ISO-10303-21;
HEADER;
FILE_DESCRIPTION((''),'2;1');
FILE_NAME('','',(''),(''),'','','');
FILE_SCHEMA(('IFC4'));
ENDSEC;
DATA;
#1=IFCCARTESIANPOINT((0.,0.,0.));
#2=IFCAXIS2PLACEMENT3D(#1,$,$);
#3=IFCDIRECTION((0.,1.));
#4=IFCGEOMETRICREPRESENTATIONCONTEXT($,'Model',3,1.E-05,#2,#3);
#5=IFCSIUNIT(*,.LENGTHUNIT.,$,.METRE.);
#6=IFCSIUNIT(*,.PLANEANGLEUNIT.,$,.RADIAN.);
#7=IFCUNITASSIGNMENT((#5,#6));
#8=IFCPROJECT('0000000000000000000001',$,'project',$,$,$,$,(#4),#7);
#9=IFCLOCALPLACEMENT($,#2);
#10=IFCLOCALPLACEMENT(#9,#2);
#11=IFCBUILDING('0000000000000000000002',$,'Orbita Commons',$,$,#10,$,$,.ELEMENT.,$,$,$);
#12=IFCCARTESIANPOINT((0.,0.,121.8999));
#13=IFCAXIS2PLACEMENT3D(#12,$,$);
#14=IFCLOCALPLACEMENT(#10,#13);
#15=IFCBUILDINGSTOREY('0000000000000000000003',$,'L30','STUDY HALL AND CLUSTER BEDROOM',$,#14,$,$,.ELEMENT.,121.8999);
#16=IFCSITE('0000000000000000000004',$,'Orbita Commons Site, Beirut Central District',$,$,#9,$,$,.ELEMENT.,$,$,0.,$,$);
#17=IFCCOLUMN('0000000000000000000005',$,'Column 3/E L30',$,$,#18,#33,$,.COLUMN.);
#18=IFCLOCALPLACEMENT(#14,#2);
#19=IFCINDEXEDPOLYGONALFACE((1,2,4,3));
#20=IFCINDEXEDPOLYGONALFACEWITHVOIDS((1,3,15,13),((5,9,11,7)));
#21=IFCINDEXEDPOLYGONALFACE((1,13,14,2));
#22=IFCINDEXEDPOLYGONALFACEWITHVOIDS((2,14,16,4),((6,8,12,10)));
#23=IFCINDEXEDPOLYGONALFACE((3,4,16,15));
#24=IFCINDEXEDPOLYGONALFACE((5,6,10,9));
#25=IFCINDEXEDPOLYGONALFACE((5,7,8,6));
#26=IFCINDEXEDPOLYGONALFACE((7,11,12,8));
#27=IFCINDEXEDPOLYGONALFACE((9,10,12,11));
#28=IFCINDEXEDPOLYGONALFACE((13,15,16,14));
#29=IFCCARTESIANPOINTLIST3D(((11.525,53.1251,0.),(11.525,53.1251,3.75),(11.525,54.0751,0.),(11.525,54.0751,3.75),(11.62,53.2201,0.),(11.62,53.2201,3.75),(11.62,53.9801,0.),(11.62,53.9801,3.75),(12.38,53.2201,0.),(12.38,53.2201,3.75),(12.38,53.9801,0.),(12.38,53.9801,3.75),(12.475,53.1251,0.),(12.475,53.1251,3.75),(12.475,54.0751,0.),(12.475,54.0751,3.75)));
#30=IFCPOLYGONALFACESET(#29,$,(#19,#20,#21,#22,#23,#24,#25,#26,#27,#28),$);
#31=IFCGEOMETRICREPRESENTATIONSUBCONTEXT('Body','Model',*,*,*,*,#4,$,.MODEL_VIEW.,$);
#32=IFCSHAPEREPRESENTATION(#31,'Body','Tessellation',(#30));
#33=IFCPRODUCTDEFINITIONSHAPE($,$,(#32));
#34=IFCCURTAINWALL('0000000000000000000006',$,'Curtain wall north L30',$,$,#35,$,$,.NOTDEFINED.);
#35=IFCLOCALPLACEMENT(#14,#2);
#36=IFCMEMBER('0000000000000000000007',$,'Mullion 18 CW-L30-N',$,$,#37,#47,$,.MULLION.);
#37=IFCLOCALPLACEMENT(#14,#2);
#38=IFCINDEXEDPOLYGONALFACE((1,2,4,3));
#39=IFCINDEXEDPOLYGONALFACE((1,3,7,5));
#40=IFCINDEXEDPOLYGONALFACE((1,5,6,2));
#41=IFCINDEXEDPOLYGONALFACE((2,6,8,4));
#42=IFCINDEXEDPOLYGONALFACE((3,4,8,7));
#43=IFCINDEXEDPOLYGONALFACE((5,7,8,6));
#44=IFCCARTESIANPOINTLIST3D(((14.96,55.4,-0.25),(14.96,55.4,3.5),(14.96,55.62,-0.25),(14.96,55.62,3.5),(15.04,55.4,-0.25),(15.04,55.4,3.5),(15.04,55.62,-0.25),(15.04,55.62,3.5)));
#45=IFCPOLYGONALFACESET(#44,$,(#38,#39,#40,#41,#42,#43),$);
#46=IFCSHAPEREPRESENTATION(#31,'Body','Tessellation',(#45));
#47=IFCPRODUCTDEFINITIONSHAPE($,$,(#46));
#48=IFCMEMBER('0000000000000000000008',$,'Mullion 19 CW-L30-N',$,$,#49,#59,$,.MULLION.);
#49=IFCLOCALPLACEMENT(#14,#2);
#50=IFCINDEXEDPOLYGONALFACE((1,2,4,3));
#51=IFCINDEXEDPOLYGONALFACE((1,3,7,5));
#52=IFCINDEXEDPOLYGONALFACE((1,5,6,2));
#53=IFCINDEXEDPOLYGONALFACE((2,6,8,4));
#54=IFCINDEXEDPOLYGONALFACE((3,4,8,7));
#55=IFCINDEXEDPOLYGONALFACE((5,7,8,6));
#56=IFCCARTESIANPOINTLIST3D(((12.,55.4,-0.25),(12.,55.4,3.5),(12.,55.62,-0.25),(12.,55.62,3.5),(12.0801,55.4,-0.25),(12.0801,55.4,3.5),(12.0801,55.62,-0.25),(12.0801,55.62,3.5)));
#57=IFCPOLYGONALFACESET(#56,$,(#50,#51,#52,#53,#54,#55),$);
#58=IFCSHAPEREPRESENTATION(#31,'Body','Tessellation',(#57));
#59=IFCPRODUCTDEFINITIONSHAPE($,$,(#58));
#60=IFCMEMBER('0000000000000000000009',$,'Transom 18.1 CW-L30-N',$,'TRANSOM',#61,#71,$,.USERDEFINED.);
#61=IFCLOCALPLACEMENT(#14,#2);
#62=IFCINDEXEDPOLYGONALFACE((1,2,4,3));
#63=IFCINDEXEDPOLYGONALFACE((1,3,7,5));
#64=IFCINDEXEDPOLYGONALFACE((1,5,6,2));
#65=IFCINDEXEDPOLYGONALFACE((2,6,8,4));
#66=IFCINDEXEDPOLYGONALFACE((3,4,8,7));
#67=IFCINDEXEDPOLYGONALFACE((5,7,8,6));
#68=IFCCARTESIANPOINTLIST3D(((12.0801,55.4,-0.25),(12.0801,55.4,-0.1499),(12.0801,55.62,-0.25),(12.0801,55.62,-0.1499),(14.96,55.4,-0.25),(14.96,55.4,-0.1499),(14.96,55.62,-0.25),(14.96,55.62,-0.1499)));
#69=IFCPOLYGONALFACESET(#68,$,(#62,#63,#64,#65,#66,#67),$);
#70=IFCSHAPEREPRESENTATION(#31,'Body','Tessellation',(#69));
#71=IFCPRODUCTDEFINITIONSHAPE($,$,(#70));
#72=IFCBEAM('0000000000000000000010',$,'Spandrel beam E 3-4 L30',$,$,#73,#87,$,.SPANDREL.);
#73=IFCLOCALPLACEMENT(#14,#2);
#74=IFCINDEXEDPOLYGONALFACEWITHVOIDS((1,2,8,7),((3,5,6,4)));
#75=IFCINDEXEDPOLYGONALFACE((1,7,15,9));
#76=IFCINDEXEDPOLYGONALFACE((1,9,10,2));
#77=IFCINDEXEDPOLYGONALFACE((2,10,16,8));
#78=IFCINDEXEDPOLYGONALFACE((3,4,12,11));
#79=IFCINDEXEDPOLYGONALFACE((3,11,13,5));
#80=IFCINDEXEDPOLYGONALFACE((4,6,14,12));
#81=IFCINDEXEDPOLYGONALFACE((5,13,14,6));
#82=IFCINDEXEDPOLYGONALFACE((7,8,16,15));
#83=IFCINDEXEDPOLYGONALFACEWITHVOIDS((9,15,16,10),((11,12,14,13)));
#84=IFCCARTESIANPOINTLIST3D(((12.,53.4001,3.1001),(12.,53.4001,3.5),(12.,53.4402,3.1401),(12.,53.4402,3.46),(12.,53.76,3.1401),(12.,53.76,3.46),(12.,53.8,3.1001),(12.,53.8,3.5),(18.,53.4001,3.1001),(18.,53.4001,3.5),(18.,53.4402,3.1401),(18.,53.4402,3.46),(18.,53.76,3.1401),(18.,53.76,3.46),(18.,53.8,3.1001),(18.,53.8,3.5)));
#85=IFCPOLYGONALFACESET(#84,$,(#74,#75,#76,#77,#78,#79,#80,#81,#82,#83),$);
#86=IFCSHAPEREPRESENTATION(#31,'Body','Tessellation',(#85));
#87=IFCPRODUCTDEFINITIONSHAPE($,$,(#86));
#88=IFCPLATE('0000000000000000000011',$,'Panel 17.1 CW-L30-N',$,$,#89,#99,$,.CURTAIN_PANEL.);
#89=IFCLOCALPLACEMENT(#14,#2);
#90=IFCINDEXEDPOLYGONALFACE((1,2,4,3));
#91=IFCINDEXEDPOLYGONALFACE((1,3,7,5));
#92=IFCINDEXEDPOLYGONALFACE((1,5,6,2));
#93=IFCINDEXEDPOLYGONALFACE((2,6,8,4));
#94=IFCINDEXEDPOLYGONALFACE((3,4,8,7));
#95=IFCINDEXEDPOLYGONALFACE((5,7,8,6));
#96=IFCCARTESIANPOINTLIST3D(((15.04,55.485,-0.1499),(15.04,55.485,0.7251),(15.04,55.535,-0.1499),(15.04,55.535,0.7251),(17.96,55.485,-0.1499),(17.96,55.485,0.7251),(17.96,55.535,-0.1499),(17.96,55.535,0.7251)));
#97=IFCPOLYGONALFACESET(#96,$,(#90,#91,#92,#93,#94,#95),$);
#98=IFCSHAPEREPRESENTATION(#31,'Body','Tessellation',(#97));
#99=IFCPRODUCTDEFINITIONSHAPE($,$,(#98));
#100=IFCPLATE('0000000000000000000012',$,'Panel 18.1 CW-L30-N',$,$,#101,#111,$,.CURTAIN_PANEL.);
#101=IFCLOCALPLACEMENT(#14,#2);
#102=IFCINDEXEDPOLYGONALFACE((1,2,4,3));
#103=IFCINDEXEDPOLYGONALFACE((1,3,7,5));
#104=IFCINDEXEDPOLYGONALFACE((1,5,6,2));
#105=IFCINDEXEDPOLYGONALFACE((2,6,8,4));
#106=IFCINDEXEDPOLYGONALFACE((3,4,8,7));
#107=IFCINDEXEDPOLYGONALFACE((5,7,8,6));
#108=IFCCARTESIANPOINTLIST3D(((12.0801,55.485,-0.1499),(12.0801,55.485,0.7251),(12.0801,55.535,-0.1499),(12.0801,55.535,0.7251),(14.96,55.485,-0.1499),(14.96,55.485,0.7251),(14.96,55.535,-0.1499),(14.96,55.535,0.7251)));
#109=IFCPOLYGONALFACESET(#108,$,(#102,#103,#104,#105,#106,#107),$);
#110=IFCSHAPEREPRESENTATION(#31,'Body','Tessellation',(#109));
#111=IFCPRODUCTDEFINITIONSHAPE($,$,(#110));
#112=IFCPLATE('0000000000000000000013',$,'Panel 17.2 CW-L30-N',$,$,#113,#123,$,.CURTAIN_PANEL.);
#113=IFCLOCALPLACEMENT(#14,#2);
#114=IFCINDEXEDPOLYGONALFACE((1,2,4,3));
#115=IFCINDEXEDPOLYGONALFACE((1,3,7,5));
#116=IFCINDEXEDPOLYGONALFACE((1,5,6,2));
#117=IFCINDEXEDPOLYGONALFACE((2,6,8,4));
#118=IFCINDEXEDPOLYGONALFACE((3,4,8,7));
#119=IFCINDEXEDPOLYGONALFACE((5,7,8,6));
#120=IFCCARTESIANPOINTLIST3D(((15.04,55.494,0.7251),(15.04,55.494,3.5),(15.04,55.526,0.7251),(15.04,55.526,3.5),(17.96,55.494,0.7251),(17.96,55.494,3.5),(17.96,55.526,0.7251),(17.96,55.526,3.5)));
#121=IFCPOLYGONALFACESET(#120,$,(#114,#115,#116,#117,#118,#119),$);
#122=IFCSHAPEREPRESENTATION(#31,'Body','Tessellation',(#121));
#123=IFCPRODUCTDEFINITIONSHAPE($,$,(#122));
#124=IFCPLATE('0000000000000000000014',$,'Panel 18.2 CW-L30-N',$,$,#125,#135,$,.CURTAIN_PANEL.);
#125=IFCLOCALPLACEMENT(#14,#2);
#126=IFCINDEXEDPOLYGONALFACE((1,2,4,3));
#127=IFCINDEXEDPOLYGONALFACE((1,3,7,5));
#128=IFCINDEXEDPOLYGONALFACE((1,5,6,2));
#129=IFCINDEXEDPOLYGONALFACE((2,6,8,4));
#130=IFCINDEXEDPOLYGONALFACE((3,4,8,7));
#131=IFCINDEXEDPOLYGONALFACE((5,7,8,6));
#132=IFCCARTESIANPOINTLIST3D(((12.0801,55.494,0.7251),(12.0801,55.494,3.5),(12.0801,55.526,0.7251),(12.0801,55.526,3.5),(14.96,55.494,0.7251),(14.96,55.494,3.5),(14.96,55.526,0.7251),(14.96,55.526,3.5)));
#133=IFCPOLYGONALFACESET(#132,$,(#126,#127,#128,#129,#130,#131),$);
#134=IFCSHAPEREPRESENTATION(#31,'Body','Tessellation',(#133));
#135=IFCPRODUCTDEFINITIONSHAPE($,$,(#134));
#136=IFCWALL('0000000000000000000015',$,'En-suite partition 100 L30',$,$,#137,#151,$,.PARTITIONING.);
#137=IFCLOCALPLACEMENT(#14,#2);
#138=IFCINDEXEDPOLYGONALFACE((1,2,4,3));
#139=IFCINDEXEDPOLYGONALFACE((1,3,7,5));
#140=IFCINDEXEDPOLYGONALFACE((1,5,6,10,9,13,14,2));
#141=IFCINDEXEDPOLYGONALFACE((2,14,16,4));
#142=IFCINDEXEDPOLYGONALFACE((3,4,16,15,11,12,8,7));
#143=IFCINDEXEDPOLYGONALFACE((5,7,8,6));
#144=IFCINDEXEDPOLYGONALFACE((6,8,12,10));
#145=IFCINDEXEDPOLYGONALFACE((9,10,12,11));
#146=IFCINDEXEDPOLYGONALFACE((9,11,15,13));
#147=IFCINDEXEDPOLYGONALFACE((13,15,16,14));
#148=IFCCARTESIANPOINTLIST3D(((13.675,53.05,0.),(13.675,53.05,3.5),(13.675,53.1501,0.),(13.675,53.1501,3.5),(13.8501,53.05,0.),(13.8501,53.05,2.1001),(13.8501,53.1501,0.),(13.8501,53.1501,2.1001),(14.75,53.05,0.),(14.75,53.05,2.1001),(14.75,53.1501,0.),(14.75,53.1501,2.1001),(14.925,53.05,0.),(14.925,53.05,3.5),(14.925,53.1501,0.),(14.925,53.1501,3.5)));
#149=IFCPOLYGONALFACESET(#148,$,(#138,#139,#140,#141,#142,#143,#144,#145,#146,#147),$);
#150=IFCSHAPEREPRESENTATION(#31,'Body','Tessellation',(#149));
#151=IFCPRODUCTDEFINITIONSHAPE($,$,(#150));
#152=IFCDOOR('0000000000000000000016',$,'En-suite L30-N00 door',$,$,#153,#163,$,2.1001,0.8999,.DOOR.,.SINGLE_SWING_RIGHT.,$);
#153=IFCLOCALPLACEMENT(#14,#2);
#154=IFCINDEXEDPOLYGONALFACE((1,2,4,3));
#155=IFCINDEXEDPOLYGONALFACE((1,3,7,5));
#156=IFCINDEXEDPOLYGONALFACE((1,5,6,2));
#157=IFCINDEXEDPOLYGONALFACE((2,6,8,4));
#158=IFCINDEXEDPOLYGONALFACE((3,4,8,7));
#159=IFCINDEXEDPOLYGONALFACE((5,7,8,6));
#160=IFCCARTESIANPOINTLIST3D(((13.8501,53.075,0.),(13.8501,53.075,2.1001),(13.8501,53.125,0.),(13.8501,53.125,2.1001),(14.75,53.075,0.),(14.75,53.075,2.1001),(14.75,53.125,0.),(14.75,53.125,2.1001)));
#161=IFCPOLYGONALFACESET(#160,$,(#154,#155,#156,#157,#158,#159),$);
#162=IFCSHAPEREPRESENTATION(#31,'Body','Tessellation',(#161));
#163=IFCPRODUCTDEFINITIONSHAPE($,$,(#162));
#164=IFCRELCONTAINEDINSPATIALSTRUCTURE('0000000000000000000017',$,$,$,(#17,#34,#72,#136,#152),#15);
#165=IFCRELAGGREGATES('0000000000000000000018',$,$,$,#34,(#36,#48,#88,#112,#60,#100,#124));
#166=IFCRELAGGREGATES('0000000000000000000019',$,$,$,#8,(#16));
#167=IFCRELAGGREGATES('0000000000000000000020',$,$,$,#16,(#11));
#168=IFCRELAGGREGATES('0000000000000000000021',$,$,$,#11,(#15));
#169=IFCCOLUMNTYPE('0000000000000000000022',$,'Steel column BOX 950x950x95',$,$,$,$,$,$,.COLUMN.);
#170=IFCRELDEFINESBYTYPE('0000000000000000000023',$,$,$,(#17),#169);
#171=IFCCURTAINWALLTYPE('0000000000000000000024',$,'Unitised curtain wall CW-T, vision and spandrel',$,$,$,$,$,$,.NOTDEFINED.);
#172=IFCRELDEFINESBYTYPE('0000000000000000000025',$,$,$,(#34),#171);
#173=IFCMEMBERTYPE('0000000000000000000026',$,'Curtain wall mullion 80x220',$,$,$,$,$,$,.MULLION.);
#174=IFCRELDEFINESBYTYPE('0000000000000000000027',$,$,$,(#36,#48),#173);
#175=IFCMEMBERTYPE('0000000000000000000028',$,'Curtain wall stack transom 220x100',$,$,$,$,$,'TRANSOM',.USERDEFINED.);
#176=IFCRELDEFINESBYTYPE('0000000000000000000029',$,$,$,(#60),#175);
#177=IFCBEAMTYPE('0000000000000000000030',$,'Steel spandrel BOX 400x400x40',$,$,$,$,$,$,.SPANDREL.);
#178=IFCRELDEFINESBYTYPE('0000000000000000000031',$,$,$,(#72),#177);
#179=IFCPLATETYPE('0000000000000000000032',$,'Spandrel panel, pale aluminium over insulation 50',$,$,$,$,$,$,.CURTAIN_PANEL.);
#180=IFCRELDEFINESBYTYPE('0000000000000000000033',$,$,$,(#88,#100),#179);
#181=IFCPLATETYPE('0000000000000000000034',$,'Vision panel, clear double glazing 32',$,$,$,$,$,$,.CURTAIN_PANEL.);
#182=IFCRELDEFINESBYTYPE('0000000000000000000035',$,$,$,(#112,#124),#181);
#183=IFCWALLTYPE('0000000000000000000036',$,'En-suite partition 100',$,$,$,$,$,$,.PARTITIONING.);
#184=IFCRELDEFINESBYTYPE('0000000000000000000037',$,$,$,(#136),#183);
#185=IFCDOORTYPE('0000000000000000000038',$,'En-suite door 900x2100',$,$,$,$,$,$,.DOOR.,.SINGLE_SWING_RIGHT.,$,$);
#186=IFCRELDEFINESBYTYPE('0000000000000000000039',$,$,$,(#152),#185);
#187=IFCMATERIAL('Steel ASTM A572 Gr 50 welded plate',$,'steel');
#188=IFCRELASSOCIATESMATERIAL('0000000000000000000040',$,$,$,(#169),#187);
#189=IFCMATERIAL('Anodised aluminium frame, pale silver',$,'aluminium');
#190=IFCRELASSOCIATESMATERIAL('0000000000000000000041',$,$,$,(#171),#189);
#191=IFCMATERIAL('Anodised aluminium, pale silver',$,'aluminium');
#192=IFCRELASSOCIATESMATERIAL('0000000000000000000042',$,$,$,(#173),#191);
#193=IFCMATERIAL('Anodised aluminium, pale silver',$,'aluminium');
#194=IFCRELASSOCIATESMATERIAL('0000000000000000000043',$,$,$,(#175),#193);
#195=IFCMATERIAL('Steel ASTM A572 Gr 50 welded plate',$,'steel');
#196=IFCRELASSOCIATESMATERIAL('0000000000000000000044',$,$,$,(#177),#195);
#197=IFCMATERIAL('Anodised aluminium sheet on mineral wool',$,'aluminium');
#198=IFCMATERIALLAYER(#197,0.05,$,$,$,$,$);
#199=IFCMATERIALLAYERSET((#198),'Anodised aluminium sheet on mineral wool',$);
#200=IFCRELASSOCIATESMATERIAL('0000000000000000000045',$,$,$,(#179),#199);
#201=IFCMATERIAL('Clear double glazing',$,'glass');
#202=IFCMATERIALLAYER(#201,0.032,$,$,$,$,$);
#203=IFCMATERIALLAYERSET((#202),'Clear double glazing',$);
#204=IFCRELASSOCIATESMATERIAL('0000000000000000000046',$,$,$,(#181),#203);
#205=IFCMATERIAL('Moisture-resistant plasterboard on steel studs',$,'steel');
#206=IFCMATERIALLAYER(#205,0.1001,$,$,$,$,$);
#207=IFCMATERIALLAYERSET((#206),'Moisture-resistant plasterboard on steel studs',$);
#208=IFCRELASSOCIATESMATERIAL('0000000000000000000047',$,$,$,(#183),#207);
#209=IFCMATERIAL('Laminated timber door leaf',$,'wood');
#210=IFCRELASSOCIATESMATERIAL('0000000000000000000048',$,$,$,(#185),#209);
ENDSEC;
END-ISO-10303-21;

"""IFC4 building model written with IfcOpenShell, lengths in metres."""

from ifc_helpers import new_model, si_unit, direction, frame, frame_2d, origin, origin_2d, place, context, subcontext, project, spatial, rectangle, hollow_rectangle, extrude, material, layer, layer_set, material_profile, profile_set, type_object, element, fill, aggregate, save


model = new_model("IFC4")

# Units and contexts
model_context = context("Model", 3, precision=1e-05, world=origin(), true_north=direction((0.0, 1.0)))
body_context = subcontext(model_context, "Body", "Model", "MODEL_VIEW")
ifc_project = project(units=[si_unit("LENGTHUNIT", "METRE"), si_unit("PLANEANGLEUNIT", "RADIAN")], contexts=[model_context])

# Site, building, storey
site_placement = place(None, origin())
site = spatial("IfcSite", under=ifc_project, at=site_placement, Name="Orbita Commons Site, Beirut Central District", CompositionType="ELEMENT", RefElevation=0.0)
building_placement = place(site_placement, origin())
building = spatial("IfcBuilding", under=site, at=building_placement, Name="Orbita Commons", CompositionType="ELEMENT")
storey_placement = place(building_placement, frame((0.0, 0.0, 121.8999)))
storey = spatial("IfcBuildingStorey", under=building, at=storey_placement, Name="L30", Description="STUDY HALL AND CLUSTER BEDROOM", CompositionType="ELEMENT", Elevation=121.8999)

# Column
ifc_material_1 = material(Name="Steel ASTM A572 Gr 50 welded plate", Category="steel")
ifc_material_profile_1 = material_profile(ifc_material_1, hollow_rectangle(XDim=0.95, YDim=0.95, WallThickness=0.095, at=origin_2d()), Name="BOX 950x950x95")
ifc_profile_set_1 = profile_set([ifc_material_profile_1], Name="Steel ASTM A572 Gr 50 welded plate")
column_type = type_object("IfcColumnType", Name="Steel column BOX 950x950x95", PredefinedType="COLUMN", material=ifc_profile_set_1)
column_placement = place(storey_placement, frame((12.0, 53.6001, 0.0), z_axis=(0.0, 0.0, 1.0), x_axis=(1.0, 0.0, 0.0)))
element("IfcColumn", 1, at=column_placement, inside=storey, type_object=column_type, Name="Column 3/E L30", PredefinedType="COLUMN", context=body_context, shape_type="SweptSolid", body=[
    extrude(hollow_rectangle(XDim=0.95, YDim=0.95, WallThickness=0.095, at=origin_2d()), origin(), (0.0, 0.0, 1.0), 3.75),
])

# Curtain wall, members
ifc_material_2 = material(Name="Anodised aluminium frame, pale silver", Category="aluminium")
curtain_wall_type = type_object("IfcCurtainWallType", Name="Unitised curtain wall CW-T, vision and spandrel", PredefinedType="NOTDEFINED", material=ifc_material_2)
curtain_wall_placement = place(storey_placement, origin())
curtain_wall = element("IfcCurtainWall", 2, at=curtain_wall_placement, inside=storey, type_object=curtain_wall_type, Name="Curtain wall north L30", PredefinedType="NOTDEFINED")
ifc_material_3 = material(Name="Anodised aluminium, pale silver", Category="aluminium")
ifc_material_profile_2 = material_profile(ifc_material_3, rectangle(XDim=0.0801, YDim=0.22, at=origin_2d()), Name="AL 80x220")
ifc_profile_set_2 = profile_set([ifc_material_profile_2], Name="Anodised aluminium, pale silver")
member_type_1 = type_object("IfcMemberType", Name="Curtain wall mullion 80x220", PredefinedType="MULLION", material=ifc_profile_set_2)
member_1_placement = place(storey_placement, frame((15.0, 55.51, -0.25), z_axis=(0.0, 0.0, 1.0), x_axis=(-1.0, 0.0, 0.0)))
member_1 = element("IfcMember", 3, at=member_1_placement, type_object=member_type_1, Name="Mullion 18 CW-L30-N", PredefinedType="MULLION", context=body_context, shape_type="SweptSolid", body=[
    extrude(rectangle(XDim=0.0801, YDim=0.22, at=origin_2d()), origin(), (0.0, 0.0, 1.0), 3.75),
])
member_2_placement = place(storey_placement, frame((12.04, 55.51, -0.25), z_axis=(0.0, 0.0, 1.0), x_axis=(-1.0, 0.0, 0.0)))
member_2 = element("IfcMember", 4, at=member_2_placement, type_object=member_type_1, Name="Mullion 19 CW-L30-N", PredefinedType="MULLION", context=body_context, shape_type="SweptSolid", body=[
    extrude(rectangle(XDim=0.0801, YDim=0.22, at=origin_2d()), origin(), (0.0, 0.0, 1.0), 3.75),
])
ifc_material_4 = material(Name="Anodised aluminium, pale silver", Category="aluminium")
ifc_material_profile_3 = material_profile(ifc_material_4, rectangle(XDim=0.22, YDim=0.1001, at=origin_2d()), Name="AL 220x100")
ifc_profile_set_3 = profile_set([ifc_material_profile_3], Name="Anodised aluminium, pale silver")
member_type_2 = type_object("IfcMemberType", Name="Curtain wall stack transom 220x100", ElementType="TRANSOM", PredefinedType="USERDEFINED", material=ifc_profile_set_3)
member_3_placement = place(storey_placement, frame((14.96, 55.51, -0.2), z_axis=(-1.0, 0.0, 0.0), x_axis=(0.0, -1.0, 0.0)))
member_3 = element("IfcMember", 5, at=member_3_placement, type_object=member_type_2, Name="Transom 18.1 CW-L30-N", ObjectType="TRANSOM", PredefinedType="USERDEFINED", context=body_context, shape_type="SweptSolid", body=[
    extrude(rectangle(XDim=0.22, YDim=0.1001, at=origin_2d()), origin(), (0.0, 0.0, 1.0), 2.8799),
])

# Beam
ifc_material_5 = material(Name="Steel ASTM A572 Gr 50 welded plate", Category="steel")
ifc_material_profile_4 = material_profile(ifc_material_5, hollow_rectangle(XDim=0.3999, YDim=0.3999, WallThickness=0.04, at=origin_2d()), Name="BOX 400x400x40")
ifc_profile_set_4 = profile_set([ifc_material_profile_4], Name="Steel ASTM A572 Gr 50 welded plate")
beam_type = type_object("IfcBeamType", Name="Steel spandrel BOX 400x400x40", PredefinedType="SPANDREL", material=ifc_profile_set_4)
beam_placement = place(storey_placement, frame((12.0, 53.6001, 3.3), z_axis=(1.0, 0.0, 0.0), x_axis=(0.0, 1.0, 0.0)))
element("IfcBeam", 6, at=beam_placement, inside=storey, type_object=beam_type, Name="Spandrel beam E 3-4 L30", PredefinedType="SPANDREL", context=body_context, shape_type="SweptSolid", body=[
    extrude(hollow_rectangle(XDim=0.3999, YDim=0.3999, WallThickness=0.04, at=origin_2d()), origin(), (0.0, 0.0, 1.0), 6.0),
])

# Plates
ifc_material_6 = material(Name="Anodised aluminium sheet on mineral wool", Category="aluminium")
ifc_layer_1 = layer(ifc_material_6, 0.05)
ifc_layer_set_1 = layer_set([ifc_layer_1], Name="Anodised aluminium sheet on mineral wool")
plate_type_1 = type_object("IfcPlateType", Name="Spandrel panel, pale aluminium over insulation 50", PredefinedType="CURTAIN_PANEL", material=ifc_layer_set_1)
plate_1_placement = place(storey_placement, frame((16.5, 55.51, -0.1499), z_axis=(0.0, 0.0, 1.0), x_axis=(-1.0, 0.0, 0.0)))
plate_1 = element("IfcPlate", 7, at=plate_1_placement, type_object=plate_type_1, Name="Panel 17.1 CW-L30-N", PredefinedType="CURTAIN_PANEL", context=body_context, shape_type="SweptSolid", body=[
    extrude(rectangle(XDim=2.9199, YDim=0.05, at=origin_2d()), origin(), (0.0, 0.0, 1.0), 0.875),
])
plate_2_placement = place(storey_placement, frame((13.52, 55.51, -0.1499), z_axis=(0.0, 0.0, 1.0), x_axis=(-1.0, 0.0, 0.0)))
plate_2 = element("IfcPlate", 8, at=plate_2_placement, type_object=plate_type_1, Name="Panel 18.1 CW-L30-N", PredefinedType="CURTAIN_PANEL", context=body_context, shape_type="SweptSolid", body=[
    extrude(rectangle(XDim=2.8799, YDim=0.05, at=origin_2d()), origin(), (0.0, 0.0, 1.0), 0.875),
])
ifc_material_7 = material(Name="Clear double glazing", Category="glass")
ifc_layer_2 = layer(ifc_material_7, 0.032)
ifc_layer_set_2 = layer_set([ifc_layer_2], Name="Clear double glazing")
plate_type_2 = type_object("IfcPlateType", Name="Vision panel, clear double glazing 32", PredefinedType="CURTAIN_PANEL", material=ifc_layer_set_2)
plate_3_placement = place(storey_placement, frame((16.5, 55.51, 0.7251), z_axis=(0.0, 0.0, 1.0), x_axis=(-1.0, 0.0, 0.0)))
plate_3 = element("IfcPlate", 9, at=plate_3_placement, type_object=plate_type_2, Name="Panel 17.2 CW-L30-N", PredefinedType="CURTAIN_PANEL", context=body_context, shape_type="SweptSolid", body=[
    extrude(rectangle(XDim=2.9199, YDim=0.032, at=origin_2d()), origin(), (0.0, 0.0, 1.0), 2.7749),
])
plate_4_placement = place(storey_placement, frame((13.52, 55.51, 0.7251), z_axis=(0.0, 0.0, 1.0), x_axis=(-1.0, 0.0, 0.0)))
plate_4 = element("IfcPlate", 10, at=plate_4_placement, type_object=plate_type_2, Name="Panel 18.2 CW-L30-N", PredefinedType="CURTAIN_PANEL", context=body_context, shape_type="SweptSolid", body=[
    extrude(rectangle(XDim=2.8799, YDim=0.032, at=origin_2d()), origin(), (0.0, 0.0, 1.0), 2.7749),
])
aggregate(curtain_wall, [member_1, member_2, plate_1, plate_3, member_3, plate_2, plate_4])

# Wall, opening, door
ifc_material_8 = material(Name="Moisture-resistant plasterboard on steel studs", Category="steel")
ifc_layer_3 = layer(ifc_material_8, 0.1001)
ifc_layer_set_3 = layer_set([ifc_layer_3], Name="Moisture-resistant plasterboard on steel studs")
wall_type_1 = type_object("IfcWallType", Name="En-suite partition 100", PredefinedType="PARTITIONING", material=ifc_layer_set_3)
wall_1_placement = place(storey_placement, frame((13.675, 53.1001, 0.0), z_axis=(0.0, 0.0, 1.0), x_axis=(1.0, 0.0, 0.0)))
wall_1 = element("IfcWall", 11, at=wall_1_placement, inside=storey, type_object=wall_type_1, Name="En-suite partition 100 L30", PredefinedType="PARTITIONING", context=body_context, shape_type="SweptSolid", body=[
    extrude(rectangle(XDim=1.25, YDim=0.1001, at=frame_2d((0.625, 0.0))), origin(), (0.0, 0.0, 1.0), 3.5),
])
opening_1_placement = place(wall_1_placement, frame((0.175, 0.0, 0.0)))
opening_1 = element("IfcOpeningElement", 12, at=opening_1_placement, cuts=wall_1, PredefinedType="OPENING", context=body_context, shape_type="SweptSolid", body=[
    extrude(rectangle(XDim=0.8999, YDim=2.1001, at=frame_2d((0.45, 1.05))), frame((0.0, 0.0601, 0.0), z_axis=(0.0, -1.0, 0.0), x_axis=(1.0, 0.0, 0.0)), (0.0, 0.0, 1.0), 0.1201),
])
ifc_material_9 = material(Name="Laminated timber door leaf", Category="wood")
door_type = type_object("IfcDoorType", Name="En-suite door 900x2100", OperationType="SINGLE_SWING_RIGHT", PredefinedType="DOOR", material=ifc_material_9)
door_1_placement = place(opening_1_placement, origin())
door_1 = element("IfcDoor", 13, at=door_1_placement, inside=storey, type_object=door_type, Name="En-suite L30-N00 door", OperationType="SINGLE_SWING_RIGHT", OverallHeight=2.1001, OverallWidth=0.8999, PredefinedType="DOOR", context=body_context, shape_type="SweptSolid", body=[
    extrude(rectangle(XDim=0.8999, YDim=2.1001, at=frame_2d((0.45, 1.05))), frame((0.0, 0.0249, 0.0), z_axis=(0.0, -1.0, 0.0), x_axis=(1.0, 0.0, 0.0)), (0.0, 0.0, 1.0), 0.05),
])
fill(opening_1, door_1)

save(model, "model.ifc")
